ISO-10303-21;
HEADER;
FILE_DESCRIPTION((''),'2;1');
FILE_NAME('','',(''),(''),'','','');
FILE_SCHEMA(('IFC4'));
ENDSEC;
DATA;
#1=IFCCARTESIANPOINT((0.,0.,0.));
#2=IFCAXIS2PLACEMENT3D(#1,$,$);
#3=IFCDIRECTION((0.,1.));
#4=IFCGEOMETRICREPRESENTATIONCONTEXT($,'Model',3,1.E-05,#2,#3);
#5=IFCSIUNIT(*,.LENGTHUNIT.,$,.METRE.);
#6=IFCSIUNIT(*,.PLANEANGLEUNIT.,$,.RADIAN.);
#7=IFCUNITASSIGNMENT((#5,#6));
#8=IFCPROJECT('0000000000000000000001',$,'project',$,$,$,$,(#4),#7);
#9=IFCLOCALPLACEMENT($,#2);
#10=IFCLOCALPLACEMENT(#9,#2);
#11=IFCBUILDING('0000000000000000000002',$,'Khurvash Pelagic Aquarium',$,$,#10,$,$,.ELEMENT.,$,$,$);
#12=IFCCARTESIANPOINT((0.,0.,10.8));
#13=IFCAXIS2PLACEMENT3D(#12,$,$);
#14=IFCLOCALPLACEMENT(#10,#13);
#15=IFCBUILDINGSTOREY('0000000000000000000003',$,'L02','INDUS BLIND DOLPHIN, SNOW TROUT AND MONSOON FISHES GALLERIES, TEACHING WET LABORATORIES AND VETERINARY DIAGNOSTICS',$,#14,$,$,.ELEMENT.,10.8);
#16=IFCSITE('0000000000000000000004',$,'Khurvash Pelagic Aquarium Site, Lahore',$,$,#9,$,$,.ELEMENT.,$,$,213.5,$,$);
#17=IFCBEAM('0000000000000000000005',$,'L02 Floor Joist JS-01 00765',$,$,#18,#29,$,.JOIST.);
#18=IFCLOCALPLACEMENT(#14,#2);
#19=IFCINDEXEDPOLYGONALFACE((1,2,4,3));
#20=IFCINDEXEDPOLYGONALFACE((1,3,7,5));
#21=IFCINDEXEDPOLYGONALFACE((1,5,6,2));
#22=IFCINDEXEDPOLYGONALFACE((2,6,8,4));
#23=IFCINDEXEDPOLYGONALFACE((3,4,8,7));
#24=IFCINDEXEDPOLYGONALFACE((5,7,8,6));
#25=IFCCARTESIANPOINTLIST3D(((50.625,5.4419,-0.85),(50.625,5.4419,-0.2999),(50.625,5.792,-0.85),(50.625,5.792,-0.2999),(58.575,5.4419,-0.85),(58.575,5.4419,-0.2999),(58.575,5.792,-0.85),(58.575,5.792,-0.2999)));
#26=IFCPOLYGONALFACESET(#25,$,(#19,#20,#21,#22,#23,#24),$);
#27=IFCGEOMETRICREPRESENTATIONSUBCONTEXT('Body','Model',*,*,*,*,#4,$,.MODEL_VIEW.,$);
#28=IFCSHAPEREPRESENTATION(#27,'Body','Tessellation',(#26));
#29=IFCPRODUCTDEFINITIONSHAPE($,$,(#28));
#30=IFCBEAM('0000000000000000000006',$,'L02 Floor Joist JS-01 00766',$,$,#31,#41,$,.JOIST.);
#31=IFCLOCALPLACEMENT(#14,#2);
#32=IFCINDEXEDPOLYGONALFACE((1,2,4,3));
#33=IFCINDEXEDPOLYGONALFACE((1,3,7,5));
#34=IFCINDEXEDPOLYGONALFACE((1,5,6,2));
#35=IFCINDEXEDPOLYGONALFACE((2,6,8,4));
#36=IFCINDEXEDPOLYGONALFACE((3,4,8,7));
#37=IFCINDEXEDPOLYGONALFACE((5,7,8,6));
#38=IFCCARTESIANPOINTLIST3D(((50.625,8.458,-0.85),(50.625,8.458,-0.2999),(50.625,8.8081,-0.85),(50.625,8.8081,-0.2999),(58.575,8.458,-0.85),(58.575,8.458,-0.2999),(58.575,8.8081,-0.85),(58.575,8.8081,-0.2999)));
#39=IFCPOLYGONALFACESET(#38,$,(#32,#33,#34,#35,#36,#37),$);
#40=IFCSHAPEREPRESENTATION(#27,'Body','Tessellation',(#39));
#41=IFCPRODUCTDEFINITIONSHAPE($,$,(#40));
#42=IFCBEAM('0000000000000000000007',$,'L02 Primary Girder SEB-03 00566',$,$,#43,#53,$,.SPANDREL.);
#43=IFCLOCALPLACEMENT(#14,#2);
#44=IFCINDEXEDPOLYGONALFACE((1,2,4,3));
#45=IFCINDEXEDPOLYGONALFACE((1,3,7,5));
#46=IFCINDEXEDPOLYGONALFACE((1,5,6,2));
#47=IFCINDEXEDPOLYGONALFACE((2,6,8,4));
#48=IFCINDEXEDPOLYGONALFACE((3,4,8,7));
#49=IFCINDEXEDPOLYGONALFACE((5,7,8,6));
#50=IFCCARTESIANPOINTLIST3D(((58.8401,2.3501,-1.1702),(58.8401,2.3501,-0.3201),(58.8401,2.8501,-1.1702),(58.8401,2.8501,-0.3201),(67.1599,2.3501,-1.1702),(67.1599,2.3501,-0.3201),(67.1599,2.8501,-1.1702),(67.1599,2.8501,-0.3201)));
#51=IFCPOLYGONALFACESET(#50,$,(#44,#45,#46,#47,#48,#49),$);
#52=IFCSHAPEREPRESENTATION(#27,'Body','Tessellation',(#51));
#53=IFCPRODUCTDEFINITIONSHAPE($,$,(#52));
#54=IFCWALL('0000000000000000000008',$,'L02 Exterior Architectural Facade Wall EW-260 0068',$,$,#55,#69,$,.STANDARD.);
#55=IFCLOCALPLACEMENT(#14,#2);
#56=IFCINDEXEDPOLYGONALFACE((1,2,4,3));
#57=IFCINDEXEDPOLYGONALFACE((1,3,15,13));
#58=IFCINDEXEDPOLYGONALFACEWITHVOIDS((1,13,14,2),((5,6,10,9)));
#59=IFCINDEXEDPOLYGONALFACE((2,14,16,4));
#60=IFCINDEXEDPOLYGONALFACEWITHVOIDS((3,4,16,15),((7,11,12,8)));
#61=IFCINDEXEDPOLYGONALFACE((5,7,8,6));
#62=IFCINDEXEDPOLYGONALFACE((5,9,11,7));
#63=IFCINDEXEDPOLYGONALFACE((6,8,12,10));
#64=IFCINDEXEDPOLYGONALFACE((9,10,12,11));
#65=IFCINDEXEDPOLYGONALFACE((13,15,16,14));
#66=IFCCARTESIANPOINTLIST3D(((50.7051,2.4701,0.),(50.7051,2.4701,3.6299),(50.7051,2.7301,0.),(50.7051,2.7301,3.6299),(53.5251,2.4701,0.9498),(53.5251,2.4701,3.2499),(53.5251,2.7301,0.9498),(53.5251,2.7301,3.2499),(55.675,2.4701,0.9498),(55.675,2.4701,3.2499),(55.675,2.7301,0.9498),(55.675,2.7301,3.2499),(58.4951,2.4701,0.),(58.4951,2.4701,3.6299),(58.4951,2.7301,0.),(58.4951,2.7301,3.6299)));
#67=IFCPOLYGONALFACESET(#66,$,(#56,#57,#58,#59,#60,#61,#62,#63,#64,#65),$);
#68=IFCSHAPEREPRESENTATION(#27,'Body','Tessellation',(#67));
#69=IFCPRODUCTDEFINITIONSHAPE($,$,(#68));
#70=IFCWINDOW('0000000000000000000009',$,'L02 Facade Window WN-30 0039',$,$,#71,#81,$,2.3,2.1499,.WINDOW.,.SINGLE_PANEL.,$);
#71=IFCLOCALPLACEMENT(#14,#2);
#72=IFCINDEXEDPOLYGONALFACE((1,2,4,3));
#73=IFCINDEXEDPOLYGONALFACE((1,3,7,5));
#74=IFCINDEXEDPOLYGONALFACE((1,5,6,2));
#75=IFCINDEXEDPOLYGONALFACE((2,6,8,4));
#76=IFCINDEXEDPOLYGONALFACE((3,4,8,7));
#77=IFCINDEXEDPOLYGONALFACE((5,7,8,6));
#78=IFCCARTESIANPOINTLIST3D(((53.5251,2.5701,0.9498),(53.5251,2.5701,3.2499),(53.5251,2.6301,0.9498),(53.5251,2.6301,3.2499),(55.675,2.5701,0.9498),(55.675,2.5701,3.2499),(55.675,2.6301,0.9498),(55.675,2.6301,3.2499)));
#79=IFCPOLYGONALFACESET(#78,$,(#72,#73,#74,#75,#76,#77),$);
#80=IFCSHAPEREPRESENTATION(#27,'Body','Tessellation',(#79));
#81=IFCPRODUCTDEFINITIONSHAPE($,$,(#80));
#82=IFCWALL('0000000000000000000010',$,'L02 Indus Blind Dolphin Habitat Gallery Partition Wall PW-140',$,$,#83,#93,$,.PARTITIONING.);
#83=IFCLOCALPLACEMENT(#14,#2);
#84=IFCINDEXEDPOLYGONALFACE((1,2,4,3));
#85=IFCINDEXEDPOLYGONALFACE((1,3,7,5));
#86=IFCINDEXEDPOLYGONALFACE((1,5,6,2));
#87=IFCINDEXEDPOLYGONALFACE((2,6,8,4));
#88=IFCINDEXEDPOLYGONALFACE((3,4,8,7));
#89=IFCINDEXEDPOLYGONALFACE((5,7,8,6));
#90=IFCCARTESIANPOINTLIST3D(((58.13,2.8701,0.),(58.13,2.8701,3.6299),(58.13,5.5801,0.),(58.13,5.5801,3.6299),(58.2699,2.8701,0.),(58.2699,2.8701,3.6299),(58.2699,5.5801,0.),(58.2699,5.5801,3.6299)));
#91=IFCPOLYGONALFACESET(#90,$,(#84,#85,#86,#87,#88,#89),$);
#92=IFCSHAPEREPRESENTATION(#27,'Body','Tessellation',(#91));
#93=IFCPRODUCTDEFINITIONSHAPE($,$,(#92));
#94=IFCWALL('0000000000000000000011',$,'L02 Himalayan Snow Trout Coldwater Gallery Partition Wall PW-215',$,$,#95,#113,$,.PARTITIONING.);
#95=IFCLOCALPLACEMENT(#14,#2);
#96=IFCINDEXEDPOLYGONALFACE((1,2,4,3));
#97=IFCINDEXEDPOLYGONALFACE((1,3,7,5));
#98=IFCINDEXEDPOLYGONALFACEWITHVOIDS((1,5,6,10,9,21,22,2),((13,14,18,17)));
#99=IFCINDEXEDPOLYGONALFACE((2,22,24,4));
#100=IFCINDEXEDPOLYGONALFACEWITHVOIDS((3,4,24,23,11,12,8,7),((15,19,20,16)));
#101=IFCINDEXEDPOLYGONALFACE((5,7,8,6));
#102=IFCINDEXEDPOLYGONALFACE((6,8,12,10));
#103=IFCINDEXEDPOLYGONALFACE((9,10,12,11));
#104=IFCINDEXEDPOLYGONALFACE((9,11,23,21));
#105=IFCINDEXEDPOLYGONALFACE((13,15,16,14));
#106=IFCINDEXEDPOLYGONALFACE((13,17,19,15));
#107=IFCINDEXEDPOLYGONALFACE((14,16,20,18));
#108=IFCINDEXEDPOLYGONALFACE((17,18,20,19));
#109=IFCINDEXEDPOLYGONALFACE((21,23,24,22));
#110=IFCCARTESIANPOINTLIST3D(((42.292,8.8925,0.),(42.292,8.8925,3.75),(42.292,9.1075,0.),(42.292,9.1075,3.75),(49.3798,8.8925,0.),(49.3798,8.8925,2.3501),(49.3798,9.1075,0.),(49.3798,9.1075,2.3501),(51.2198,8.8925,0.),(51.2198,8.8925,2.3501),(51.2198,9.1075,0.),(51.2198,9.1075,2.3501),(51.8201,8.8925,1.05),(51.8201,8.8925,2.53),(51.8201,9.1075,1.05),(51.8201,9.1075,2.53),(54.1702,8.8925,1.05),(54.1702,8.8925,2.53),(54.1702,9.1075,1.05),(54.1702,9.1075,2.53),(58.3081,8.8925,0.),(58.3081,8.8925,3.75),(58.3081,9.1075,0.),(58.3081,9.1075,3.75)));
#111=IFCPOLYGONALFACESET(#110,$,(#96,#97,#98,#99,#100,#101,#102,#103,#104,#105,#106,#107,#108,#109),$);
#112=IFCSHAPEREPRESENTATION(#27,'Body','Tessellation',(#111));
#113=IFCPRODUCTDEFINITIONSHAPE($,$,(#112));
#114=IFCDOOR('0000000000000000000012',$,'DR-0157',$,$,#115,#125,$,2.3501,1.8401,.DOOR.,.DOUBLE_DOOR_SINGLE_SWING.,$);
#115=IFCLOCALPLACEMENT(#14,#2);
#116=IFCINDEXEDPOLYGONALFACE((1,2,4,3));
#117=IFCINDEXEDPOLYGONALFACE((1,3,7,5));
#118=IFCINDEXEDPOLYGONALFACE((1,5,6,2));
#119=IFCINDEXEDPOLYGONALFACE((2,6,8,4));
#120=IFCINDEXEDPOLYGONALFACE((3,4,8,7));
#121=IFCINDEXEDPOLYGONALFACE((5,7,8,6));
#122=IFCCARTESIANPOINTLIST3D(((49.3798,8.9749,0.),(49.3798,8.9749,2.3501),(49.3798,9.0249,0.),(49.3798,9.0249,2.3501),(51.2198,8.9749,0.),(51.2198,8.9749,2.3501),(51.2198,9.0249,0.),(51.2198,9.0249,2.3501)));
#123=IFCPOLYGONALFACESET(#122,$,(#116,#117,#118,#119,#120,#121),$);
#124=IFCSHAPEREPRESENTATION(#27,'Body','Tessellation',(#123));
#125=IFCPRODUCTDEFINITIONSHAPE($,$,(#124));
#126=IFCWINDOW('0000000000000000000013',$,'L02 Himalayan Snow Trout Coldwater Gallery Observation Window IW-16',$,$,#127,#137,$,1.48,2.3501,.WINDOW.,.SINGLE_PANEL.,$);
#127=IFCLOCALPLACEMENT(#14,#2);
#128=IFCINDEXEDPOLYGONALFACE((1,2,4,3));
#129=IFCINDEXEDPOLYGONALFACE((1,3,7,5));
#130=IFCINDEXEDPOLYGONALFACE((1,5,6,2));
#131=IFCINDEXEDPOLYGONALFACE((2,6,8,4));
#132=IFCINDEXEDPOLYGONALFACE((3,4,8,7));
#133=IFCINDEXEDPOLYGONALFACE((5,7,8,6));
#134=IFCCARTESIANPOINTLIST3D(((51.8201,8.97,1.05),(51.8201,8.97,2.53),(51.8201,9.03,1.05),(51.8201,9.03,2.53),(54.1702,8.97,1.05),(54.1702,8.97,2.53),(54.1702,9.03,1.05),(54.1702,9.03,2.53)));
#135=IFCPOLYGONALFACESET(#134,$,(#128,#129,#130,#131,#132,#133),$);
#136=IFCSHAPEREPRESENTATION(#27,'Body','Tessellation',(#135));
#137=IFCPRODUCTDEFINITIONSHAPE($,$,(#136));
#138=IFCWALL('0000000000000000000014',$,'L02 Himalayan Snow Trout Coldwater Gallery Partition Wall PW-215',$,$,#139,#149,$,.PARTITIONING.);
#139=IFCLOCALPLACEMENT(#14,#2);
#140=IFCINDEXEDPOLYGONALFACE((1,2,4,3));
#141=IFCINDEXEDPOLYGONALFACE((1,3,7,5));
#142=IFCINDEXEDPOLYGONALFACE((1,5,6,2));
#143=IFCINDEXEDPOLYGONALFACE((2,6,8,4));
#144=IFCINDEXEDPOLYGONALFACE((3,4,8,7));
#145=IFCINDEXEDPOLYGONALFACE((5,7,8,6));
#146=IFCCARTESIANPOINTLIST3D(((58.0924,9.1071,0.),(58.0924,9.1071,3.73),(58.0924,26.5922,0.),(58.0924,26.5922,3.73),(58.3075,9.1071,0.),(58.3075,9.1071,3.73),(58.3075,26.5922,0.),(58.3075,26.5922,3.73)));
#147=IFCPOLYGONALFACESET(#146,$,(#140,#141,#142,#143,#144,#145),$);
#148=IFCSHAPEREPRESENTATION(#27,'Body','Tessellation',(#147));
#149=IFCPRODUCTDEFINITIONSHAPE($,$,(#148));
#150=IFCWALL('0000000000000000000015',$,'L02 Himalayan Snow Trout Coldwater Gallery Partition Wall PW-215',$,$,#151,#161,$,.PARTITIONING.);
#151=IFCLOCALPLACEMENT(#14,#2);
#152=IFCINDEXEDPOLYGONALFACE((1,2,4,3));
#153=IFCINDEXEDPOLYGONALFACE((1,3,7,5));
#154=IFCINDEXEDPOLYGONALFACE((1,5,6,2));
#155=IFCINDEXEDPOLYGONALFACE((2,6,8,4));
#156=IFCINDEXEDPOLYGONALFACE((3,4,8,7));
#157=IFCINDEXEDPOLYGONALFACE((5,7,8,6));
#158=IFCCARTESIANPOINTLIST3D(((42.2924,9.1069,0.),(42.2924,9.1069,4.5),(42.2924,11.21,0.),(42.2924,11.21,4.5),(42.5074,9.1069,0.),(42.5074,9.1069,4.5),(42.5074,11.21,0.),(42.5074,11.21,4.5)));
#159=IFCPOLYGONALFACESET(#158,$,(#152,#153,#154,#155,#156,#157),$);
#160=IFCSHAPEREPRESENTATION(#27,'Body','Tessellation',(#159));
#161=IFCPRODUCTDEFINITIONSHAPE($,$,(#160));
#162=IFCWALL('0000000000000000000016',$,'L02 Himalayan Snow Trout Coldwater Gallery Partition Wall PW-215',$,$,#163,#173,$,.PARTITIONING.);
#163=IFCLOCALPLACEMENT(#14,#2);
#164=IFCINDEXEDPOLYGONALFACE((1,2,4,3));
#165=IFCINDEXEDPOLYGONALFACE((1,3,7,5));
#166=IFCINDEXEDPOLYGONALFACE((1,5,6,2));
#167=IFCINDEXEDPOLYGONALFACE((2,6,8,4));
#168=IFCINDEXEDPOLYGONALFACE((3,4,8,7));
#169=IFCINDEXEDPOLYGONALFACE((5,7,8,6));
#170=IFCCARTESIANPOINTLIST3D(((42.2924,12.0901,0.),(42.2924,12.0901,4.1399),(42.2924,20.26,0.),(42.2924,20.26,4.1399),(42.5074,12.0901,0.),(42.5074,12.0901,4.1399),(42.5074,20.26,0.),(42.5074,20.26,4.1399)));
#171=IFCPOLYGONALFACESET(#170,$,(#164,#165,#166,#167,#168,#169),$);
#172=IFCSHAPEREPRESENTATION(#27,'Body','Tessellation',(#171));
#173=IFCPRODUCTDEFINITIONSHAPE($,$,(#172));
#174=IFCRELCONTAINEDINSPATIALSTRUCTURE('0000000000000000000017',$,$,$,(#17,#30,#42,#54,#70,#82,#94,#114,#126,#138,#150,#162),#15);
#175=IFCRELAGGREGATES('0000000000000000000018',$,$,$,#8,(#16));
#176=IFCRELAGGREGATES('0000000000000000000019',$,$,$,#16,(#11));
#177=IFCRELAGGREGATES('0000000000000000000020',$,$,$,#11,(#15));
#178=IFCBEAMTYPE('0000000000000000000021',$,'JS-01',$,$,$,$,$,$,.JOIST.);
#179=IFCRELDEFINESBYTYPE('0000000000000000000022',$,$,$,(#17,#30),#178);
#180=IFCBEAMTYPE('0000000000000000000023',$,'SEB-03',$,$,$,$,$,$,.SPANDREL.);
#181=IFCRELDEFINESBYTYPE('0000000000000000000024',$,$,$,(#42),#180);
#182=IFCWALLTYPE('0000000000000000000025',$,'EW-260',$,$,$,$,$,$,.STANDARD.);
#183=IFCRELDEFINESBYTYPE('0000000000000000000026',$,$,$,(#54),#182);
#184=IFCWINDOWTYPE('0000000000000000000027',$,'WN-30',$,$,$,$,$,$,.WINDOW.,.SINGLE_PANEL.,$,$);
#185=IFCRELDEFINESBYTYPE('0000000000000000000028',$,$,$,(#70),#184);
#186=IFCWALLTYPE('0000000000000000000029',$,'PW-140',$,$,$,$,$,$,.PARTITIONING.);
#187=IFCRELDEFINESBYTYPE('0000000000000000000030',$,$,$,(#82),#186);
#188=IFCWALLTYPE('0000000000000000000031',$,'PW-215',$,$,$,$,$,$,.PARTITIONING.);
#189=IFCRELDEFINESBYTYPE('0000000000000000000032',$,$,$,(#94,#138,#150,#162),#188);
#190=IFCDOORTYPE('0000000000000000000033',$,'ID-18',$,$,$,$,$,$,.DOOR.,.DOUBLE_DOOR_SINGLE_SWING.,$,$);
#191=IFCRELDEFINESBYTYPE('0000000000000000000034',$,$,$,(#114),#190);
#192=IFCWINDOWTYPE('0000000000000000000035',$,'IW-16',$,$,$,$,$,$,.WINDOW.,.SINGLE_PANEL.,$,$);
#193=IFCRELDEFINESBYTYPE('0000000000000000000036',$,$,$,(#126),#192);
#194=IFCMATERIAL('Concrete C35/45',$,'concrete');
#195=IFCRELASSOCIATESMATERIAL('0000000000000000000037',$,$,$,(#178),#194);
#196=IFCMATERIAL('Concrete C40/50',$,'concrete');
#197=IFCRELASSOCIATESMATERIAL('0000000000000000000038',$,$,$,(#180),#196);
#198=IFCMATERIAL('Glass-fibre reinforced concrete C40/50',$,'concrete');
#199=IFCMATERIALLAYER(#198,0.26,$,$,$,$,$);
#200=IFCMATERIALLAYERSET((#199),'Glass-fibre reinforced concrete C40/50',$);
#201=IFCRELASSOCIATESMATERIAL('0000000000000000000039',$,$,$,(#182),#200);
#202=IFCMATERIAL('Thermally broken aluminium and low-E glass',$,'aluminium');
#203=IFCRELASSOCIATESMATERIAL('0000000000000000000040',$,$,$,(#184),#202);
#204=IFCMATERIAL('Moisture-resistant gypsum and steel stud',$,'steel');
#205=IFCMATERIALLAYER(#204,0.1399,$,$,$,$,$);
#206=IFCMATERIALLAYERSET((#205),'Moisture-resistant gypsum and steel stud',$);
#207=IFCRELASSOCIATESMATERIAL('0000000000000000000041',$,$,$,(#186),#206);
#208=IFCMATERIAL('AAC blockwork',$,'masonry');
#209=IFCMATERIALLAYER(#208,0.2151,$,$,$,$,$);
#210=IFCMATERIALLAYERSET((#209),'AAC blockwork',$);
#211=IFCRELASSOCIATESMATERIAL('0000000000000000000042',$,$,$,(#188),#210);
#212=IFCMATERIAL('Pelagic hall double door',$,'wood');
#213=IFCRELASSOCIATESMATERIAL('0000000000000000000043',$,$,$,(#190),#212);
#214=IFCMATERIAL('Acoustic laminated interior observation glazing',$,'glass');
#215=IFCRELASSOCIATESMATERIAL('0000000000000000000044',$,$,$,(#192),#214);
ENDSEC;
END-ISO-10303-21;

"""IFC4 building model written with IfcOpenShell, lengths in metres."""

from ifc_helpers import new_model, si_unit, direction, frame, frame_2d, origin, origin_2d, place, context, subcontext, project, spatial, rectangle, extrude, material, layer, layer_set, material_profile, profile_set, type_object, element, fill, save


model = new_model("IFC4")

# Units and contexts
model_context = context("Model", 3, precision=1e-05, world=origin(), true_north=direction((0.0, 1.0)))
body_context = subcontext(model_context, "Body", "Model", "MODEL_VIEW")
ifc_project = project(units=[si_unit("LENGTHUNIT", "METRE"), si_unit("PLANEANGLEUNIT", "RADIAN")], contexts=[model_context])

# Site, building, storey
site_placement = place(None, origin())
site = spatial("IfcSite", under=ifc_project, at=site_placement, Name="Khurvash Pelagic Aquarium Site, Lahore", CompositionType="ELEMENT", RefElevation=213.5)
building_placement = place(site_placement, origin())
building = spatial("IfcBuilding", under=site, at=building_placement, Name="Khurvash Pelagic Aquarium", CompositionType="ELEMENT")
storey_placement = place(building_placement, frame((0.0, 0.0, 10.8)))
storey = spatial("IfcBuildingStorey", under=building, at=storey_placement, Name="L02", Description="INDUS BLIND DOLPHIN, SNOW TROUT AND MONSOON FISHES GALLERIES, TEACHING WET LABORATORIES AND VETERINARY DIAGNOSTICS", CompositionType="ELEMENT", Elevation=10.8)

# Shared definitions
ifc_material_1 = material(Name="Concrete C40/50", Category="concrete")

# Beams
ifc_material_2 = material(Name="Concrete C35/45", Category="concrete")
ifc_material_profile_1 = material_profile(ifc_material_2, rectangle(XDim=0.3501, YDim=0.55, at=origin_2d()), Name="RC350X550")
ifc_profile_set_1 = profile_set([ifc_material_profile_1], Name="Concrete C35/45")
beam_type_1 = type_object("IfcBeamType", Name="JS-01", PredefinedType="JOIST", material=ifc_profile_set_1)
for number, where, z_axis, x_axis, name in (
    (1, (50.625, 5.6169, -0.575), (1.0, 0.0, 0.0), (0.0, 1.0, 0.0), "L02 Floor Joist JS-01 00765"),
    (2, (50.625, 8.6331, -0.575), (1.0, 0.0, 0.0), (0.0, 1.0, 0.0), "L02 Floor Joist JS-01 00766"),
):
    element("IfcBeam", number, at=place(storey_placement, frame(where, z_axis=z_axis, x_axis=x_axis)), inside=storey, type_object=beam_type_1, Name=name, PredefinedType="JOIST", context=body_context, shape_type="SweptSolid", body=[
        extrude(rectangle(XDim=0.3501, YDim=0.55, at=origin_2d()), origin(), (0.0, 0.0, 1.0), 7.95),
    ])
ifc_material_profile_2 = material_profile(ifc_material_1, rectangle(XDim=0.5, YDim=0.8501, at=origin_2d()), Name="RC500X850")
ifc_profile_set_2 = profile_set([ifc_material_profile_2], Name="Concrete C40/50")
beam_type_2 = type_object("IfcBeamType", Name="SEB-03", PredefinedType="SPANDREL", material=ifc_profile_set_2)
beam_1_placement = place(storey_placement, frame((58.8401, 2.6001, -0.7451), z_axis=(1.0, 0.0, 0.0), x_axis=(0.0, 1.0, 0.0)))
element("IfcBeam", 3, at=beam_1_placement, inside=storey, type_object=beam_type_2, Name="L02 Primary Girder SEB-03 00566", PredefinedType="SPANDREL", context=body_context, shape_type="SweptSolid", body=[
    extrude(rectangle(XDim=0.5, YDim=0.8501, at=origin_2d()), origin(), (0.0, 0.0, 1.0), 8.3198),
])

# Wall, opening, window
ifc_material_3 = material(Name="Glass-fibre reinforced concrete C40/50", Category="concrete")
ifc_layer_1 = layer(ifc_material_3, 0.26)
ifc_layer_set_1 = layer_set([ifc_layer_1], Name="Glass-fibre reinforced concrete C40/50")
wall_type_1 = type_object("IfcWallType", Name="EW-260", PredefinedType="STANDARD", material=ifc_layer_set_1)
wall_1_placement = place(storey_placement, frame((50.7051, 2.6001, 0.0), z_axis=(0.0, 0.0, 1.0), x_axis=(1.0, 0.0, 0.0)))
wall_1 = element("IfcWall", 4, at=wall_1_placement, inside=storey, type_object=wall_type_1, Name="L02 Exterior Architectural Facade Wall EW-260 0068", PredefinedType="STANDARD", context=body_context, shape_type="SweptSolid", body=[
    extrude(rectangle(XDim=7.79, YDim=0.26, at=frame_2d((3.895, 0.0))), origin(), (0.0, 0.0, 1.0), 3.6299),
])
opening_1_placement = place(wall_1_placement, frame((2.8201, 0.0, 0.95)))
opening_1 = element("IfcOpeningElement", 5, at=opening_1_placement, cuts=wall_1, PredefinedType="OPENING", context=body_context, shape_type="SweptSolid", body=[
    extrude(rectangle(XDim=2.1499, YDim=2.3, at=frame_2d((1.075, 1.1499))), frame((0.0, 0.1401, 0.0), z_axis=(0.0, -1.0, 0.0), x_axis=(1.0, 0.0, 0.0)), (0.0, 0.0, 1.0), 0.28),
])
ifc_material_4 = material(Name="Thermally broken aluminium and low-E glass", Category="aluminium")
window_type_1 = type_object("IfcWindowType", Name="WN-30", PartitioningType="SINGLE_PANEL", PredefinedType="WINDOW", material=ifc_material_4)
window_1_placement = place(opening_1_placement, origin())
window_1 = element("IfcWindow", 6, at=window_1_placement, inside=storey, type_object=window_type_1, Name="L02 Facade Window WN-30 0039", OverallHeight=2.3, OverallWidth=2.1499, PartitioningType="SINGLE_PANEL", PredefinedType="WINDOW", context=body_context, shape_type="SweptSolid", body=[
    extrude(rectangle(XDim=2.1499, YDim=2.3, at=frame_2d((1.075, 1.1499))), frame((0.0, 0.03, 0.0), z_axis=(0.0, -1.0, 0.0), x_axis=(1.0, 0.0, 0.0)), (0.0, 0.0, 1.0), 0.0601),
])
fill(opening_1, window_1)

# Wall
ifc_material_5 = material(Name="Moisture-resistant gypsum and steel stud", Category="steel")
ifc_layer_2 = layer(ifc_material_5, 0.1399)
ifc_layer_set_2 = layer_set([ifc_layer_2], Name="Moisture-resistant gypsum and steel stud")
wall_type_2 = type_object("IfcWallType", Name="PW-140", PredefinedType="PARTITIONING", material=ifc_layer_set_2)
wall_2_placement = place(storey_placement, frame((58.2, 2.8701, 0.0), z_axis=(0.0, 0.0, 1.0), x_axis=(0.0, 1.0, 0.0)))
element("IfcWall", 7, at=wall_2_placement, inside=storey, type_object=wall_type_2, Name="L02 Indus Blind Dolphin Habitat Gallery Partition Wall PW-140", PredefinedType="PARTITIONING", context=body_context, shape_type="SweptSolid", body=[
    extrude(rectangle(XDim=2.71, YDim=0.1399, at=frame_2d((1.355, 0.0))), origin(), (0.0, 0.0, 1.0), 3.6299),
])

# Wall, openings, door, window
ifc_material_6 = material(Name="AAC blockwork", Category="masonry")
ifc_layer_3 = layer(ifc_material_6, 0.2151)
ifc_layer_set_3 = layer_set([ifc_layer_3], Name="AAC blockwork")
wall_type_3 = type_object("IfcWallType", Name="PW-215", PredefinedType="PARTITIONING", material=ifc_layer_set_3)
wall_3_placement = place(storey_placement, frame((42.292, 9.0, 0.0), z_axis=(0.0, 0.0, 1.0), x_axis=(1.0, 0.0, 0.0)))
wall_3 = element("IfcWall", 8, at=wall_3_placement, inside=storey, type_object=wall_type_3, Name="L02 Himalayan Snow Trout Coldwater Gallery Partition Wall PW-215", PredefinedType="PARTITIONING", context=body_context, shape_type="SweptSolid", body=[
    extrude(rectangle(XDim=16.0161, YDim=0.2151, at=frame_2d((8.0081, 0.0))), origin(), (0.0, 0.0, 1.0), 3.75),
])
opening_2_placement = place(wall_3_placement, frame((7.0879, 0.0, 0.0)))
opening_2 = element("IfcOpeningElement", 9, at=opening_2_placement, cuts=wall_3, PredefinedType="OPENING", context=body_context, shape_type="SweptSolid", body=[
    extrude(rectangle(XDim=1.8401, YDim=2.3501, at=frame_2d((0.9199, 1.175))), frame((0.0, 0.1177, 0.0), z_axis=(0.0, -1.0, 0.0), x_axis=(1.0, 0.0, 0.0)), (0.0, 0.0, 1.0), 0.2351),
])
opening_3_placement = place(wall_3_placement, frame((9.5281, 0.0, 1.05)))
opening_3 = element("IfcOpeningElement", 10, at=opening_3_placement, cuts=wall_3, PredefinedType="OPENING", context=body_context, shape_type="SweptSolid", body=[
    extrude(rectangle(XDim=2.3501, YDim=1.48, at=frame_2d((1.175, 0.74))), frame((0.0, 0.1177, 0.0), z_axis=(0.0, -1.0, 0.0), x_axis=(1.0, 0.0, 0.0)), (0.0, 0.0, 1.0), 0.2351),
])
ifc_material_7 = material(Name="Pelagic hall double door", Category="wood")
door_type = type_object("IfcDoorType", Name="ID-18", OperationType="DOUBLE_DOOR_SINGLE_SWING", PredefinedType="DOOR", material=ifc_material_7)
door_placement = place(opening_2_placement, origin())
door = element("IfcDoor", 11, at=door_placement, inside=storey, type_object=door_type, Name="DR-0157", OperationType="DOUBLE_DOOR_SINGLE_SWING", OverallHeight=2.3501, OverallWidth=1.8401, PredefinedType="DOOR", context=body_context, shape_type="SweptSolid", body=[
    extrude(rectangle(XDim=1.8401, YDim=2.3501, at=frame_2d((0.9199, 1.175))), frame((0.0, 0.0249, 0.0), z_axis=(0.0, -1.0, 0.0), x_axis=(1.0, 0.0, 0.0)), (0.0, 0.0, 1.0), 0.05),
])
fill(opening_2, door)
ifc_material_8 = material(Name="Acoustic laminated interior observation glazing", Category="glass")
window_type_2 = type_object("IfcWindowType", Name="IW-16", PartitioningType="SINGLE_PANEL", PredefinedType="WINDOW", material=ifc_material_8)
window_2_placement = place(opening_3_placement, origin())
window_2 = element("IfcWindow", 12, at=window_2_placement, inside=storey, type_object=window_type_2, Name="L02 Himalayan Snow Trout Coldwater Gallery Observation Window IW-16", OverallHeight=1.48, OverallWidth=2.3501, PartitioningType="SINGLE_PANEL", PredefinedType="WINDOW", context=body_context, shape_type="SweptSolid", body=[
    extrude(rectangle(XDim=2.3501, YDim=1.48, at=frame_2d((1.175, 0.74))), frame((0.0, 0.03, 0.0), z_axis=(0.0, -1.0, 0.0), x_axis=(1.0, 0.0, 0.0)), (0.0, 0.0, 1.0), 0.0601),
])
fill(opening_3, window_2)

# Walls
wall_4_placement = place(storey_placement, frame((58.2, 9.1069, 0.0), z_axis=(0.0, 0.0, 1.0), x_axis=(0.0, 1.0, 0.0)))
element("IfcWall", 13, at=wall_4_placement, inside=storey, type_object=wall_type_3, Name="L02 Himalayan Snow Trout Coldwater Gallery Partition Wall PW-215", PredefinedType="PARTITIONING", context=body_context, shape_type="SweptSolid", body=[
    extrude(rectangle(XDim=17.4851, YDim=0.2151, at=frame_2d((8.7427, 0.0))), origin(), (0.0, 0.0, 1.0), 3.73),
])
wall_5_placement = place(storey_placement, frame((42.3999, 9.1069, 0.0), z_axis=(0.0, 0.0, 1.0), x_axis=(0.0, 1.0, 0.0)))
element("IfcWall", 14, at=wall_5_placement, inside=storey, type_object=wall_type_3, Name="L02 Himalayan Snow Trout Coldwater Gallery Partition Wall PW-215", PredefinedType="PARTITIONING", context=body_context, shape_type="SweptSolid", body=[
    extrude(rectangle(XDim=2.103, YDim=0.2151, at=frame_2d((1.0515, 0.0))), origin(), (0.0, 0.0, 1.0), 4.5),
])
wall_6_placement = place(storey_placement, frame((42.3999, 12.0901, 0.0), z_axis=(0.0, 0.0, 1.0), x_axis=(0.0, 1.0, 0.0)))
element("IfcWall", 15, at=wall_6_placement, inside=storey, type_object=wall_type_3, Name="L02 Himalayan Snow Trout Coldwater Gallery Partition Wall PW-215", PredefinedType="PARTITIONING", context=body_context, shape_type="SweptSolid", body=[
    extrude(rectangle(XDim=8.1699, YDim=0.2151, at=frame_2d((4.085, 0.0))), origin(), (0.0, 0.0, 1.0), 4.1399),
])

save(model, "model.ifc")
